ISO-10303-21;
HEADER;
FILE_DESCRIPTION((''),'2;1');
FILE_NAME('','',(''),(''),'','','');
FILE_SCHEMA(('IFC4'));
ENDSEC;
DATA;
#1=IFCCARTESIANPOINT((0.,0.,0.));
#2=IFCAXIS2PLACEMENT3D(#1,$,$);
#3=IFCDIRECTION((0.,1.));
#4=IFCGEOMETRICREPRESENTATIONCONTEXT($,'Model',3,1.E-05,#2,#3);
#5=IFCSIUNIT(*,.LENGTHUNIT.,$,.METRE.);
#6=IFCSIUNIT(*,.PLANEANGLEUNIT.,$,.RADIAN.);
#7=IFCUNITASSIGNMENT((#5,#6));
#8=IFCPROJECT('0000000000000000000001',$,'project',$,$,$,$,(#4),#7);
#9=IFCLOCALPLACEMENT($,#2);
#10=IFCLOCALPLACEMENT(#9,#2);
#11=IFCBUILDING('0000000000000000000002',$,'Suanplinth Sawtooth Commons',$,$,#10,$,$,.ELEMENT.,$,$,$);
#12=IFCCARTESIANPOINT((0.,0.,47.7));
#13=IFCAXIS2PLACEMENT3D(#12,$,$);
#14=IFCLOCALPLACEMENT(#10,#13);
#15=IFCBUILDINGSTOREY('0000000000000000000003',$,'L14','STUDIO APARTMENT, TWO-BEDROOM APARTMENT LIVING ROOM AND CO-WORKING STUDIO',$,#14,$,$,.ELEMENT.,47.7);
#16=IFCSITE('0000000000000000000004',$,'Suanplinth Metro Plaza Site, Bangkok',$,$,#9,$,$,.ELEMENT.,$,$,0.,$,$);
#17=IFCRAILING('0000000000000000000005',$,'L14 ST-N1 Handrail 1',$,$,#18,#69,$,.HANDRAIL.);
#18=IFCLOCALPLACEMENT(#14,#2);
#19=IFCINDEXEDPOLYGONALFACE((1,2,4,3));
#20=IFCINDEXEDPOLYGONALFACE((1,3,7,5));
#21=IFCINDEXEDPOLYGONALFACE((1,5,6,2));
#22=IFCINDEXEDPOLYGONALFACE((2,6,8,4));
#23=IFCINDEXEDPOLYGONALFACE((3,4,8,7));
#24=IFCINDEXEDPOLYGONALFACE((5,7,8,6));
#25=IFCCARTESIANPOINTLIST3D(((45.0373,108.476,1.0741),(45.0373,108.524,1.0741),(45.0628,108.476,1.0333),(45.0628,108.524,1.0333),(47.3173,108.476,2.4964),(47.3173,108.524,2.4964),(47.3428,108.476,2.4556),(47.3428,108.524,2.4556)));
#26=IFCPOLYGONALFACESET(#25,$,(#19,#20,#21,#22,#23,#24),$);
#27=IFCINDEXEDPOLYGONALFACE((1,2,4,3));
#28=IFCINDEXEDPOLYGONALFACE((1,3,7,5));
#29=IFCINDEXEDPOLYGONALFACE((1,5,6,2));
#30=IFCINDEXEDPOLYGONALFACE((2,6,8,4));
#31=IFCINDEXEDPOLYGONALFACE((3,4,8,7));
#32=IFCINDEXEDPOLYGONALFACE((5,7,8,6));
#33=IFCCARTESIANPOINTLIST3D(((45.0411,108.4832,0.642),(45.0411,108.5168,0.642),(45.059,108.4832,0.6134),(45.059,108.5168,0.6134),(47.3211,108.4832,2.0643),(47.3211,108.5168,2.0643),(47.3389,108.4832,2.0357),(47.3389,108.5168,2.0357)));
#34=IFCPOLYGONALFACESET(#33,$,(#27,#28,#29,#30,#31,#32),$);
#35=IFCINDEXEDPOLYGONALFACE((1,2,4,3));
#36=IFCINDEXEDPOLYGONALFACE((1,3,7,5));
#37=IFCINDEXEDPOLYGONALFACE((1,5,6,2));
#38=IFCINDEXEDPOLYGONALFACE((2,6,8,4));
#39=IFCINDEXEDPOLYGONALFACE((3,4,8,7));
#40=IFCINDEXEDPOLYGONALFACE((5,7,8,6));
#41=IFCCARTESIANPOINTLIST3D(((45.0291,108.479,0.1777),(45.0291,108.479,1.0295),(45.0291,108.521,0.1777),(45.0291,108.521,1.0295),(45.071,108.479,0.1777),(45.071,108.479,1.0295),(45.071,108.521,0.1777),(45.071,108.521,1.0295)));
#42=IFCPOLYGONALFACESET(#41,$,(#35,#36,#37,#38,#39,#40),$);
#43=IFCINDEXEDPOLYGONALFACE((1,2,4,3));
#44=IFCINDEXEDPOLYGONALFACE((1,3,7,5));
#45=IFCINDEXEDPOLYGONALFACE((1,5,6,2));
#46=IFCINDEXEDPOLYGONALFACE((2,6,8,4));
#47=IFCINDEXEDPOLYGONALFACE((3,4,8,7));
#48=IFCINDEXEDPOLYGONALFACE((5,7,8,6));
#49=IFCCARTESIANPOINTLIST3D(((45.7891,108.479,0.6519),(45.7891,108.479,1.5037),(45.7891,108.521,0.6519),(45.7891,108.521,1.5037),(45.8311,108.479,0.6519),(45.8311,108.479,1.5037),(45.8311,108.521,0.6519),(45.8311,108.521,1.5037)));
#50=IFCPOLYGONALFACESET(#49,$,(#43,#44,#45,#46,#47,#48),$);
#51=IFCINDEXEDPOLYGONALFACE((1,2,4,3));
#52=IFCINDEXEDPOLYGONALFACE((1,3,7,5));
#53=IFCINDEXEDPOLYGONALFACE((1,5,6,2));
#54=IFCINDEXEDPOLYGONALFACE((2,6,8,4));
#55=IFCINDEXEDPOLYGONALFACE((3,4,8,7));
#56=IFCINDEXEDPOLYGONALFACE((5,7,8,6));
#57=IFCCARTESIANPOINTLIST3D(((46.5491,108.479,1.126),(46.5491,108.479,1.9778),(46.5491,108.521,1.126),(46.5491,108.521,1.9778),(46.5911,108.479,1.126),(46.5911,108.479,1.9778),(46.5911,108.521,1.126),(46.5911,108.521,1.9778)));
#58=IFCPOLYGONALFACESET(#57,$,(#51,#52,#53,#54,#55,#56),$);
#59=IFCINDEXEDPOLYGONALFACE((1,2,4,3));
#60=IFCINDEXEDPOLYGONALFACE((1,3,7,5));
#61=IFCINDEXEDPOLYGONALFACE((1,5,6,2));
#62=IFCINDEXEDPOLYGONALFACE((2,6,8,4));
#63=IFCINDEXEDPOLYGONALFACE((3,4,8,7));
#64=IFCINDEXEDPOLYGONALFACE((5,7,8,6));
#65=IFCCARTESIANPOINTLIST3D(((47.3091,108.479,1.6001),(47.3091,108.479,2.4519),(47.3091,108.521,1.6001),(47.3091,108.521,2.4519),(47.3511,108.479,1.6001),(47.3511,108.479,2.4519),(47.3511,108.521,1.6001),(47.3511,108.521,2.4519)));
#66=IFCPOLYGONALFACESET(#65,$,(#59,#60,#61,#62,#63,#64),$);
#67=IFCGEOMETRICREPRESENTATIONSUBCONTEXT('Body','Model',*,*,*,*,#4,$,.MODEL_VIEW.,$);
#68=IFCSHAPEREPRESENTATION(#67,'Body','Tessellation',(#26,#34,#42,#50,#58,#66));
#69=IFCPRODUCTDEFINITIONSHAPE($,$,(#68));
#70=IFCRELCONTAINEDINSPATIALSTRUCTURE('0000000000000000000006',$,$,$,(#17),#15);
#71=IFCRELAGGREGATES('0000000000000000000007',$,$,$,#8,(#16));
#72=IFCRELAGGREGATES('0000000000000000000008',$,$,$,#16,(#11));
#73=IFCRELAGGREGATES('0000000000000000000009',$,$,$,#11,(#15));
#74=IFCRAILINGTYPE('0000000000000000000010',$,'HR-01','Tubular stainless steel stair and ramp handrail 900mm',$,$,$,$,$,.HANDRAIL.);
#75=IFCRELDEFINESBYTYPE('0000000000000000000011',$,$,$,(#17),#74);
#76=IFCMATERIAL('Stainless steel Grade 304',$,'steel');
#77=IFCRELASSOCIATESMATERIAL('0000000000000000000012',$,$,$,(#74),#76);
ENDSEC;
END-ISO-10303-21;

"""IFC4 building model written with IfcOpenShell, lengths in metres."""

from ifc_helpers import new_model, si_unit, direction, frame, origin, origin_2d, place, context, subcontext, project, spatial, rectangle, extrude, material, type_object, element, save


model = new_model("IFC4")

# Units and contexts
model_context = context("Model", 3, precision=1e-05, world=origin(), true_north=direction((0.0, 1.0)))
body_context = subcontext(model_context, "Body", "Model", "MODEL_VIEW")
ifc_project = project(units=[si_unit("LENGTHUNIT", "METRE"), si_unit("PLANEANGLEUNIT", "RADIAN")], contexts=[model_context])

# Site, building, storey
site_placement = place(None, origin())
site = spatial("IfcSite", under=ifc_project, at=site_placement, Name="Suanplinth Metro Plaza Site, Bangkok", CompositionType="ELEMENT", RefElevation=0.0)
building_placement = place(site_placement, origin())
building = spatial("IfcBuilding", under=site, at=building_placement, Name="Suanplinth Sawtooth Commons", CompositionType="ELEMENT")
storey_placement = place(building_placement, frame((0.0, 0.0, 47.7)))
storey = spatial("IfcBuildingStorey", under=building, at=storey_placement, Name="L14", Description="STUDIO APARTMENT, TWO-BEDROOM APARTMENT LIVING ROOM AND CO-WORKING STUDIO", CompositionType="ELEMENT", Elevation=47.7)

# Railing
ifc_material_1 = material(Name="Stainless steel Grade 304", Category="steel")
railing_type_1 = type_object("IfcRailingType", Name="HR-01", Description="Tubular stainless steel stair and ramp handrail 900mm", PredefinedType="HANDRAIL", material=ifc_material_1)
railing_1_placement = place(storey_placement, frame((45.05, 108.5, 0.1777)))
element("IfcRailing", 1, at=railing_1_placement, inside=storey, type_object=railing_type_1, Name="L14 ST-N1 Handrail 1", PredefinedType="HANDRAIL", context=body_context, shape_type="SweptSolid", body=[
    extrude(rectangle(XDim=0.0481, YDim=0.0481, at=origin_2d()), frame((0.0, 0.0, 0.876), z_axis=(0.848442, 0.0, 0.529288), x_axis=(0.0, 1.0, 0.0)), (0.0, 0.0, 1.0), 2.6873),
    extrude(rectangle(XDim=0.0337, YDim=0.0337, at=origin_2d()), frame((0.0, 0.0, 0.45), z_axis=(0.848442, 0.0, 0.529288), x_axis=(0.0, 1.0, 0.0)), (0.0, 0.0, 1.0), 2.6873),
    extrude(rectangle(XDim=0.042, YDim=0.042, at=origin_2d()), origin(), (0.0, 0.0, 1.0), 0.8518),
    extrude(rectangle(XDim=0.042, YDim=0.042, at=origin_2d()), frame((0.76, 0.0, 0.4741)), (0.0, 0.0, 1.0), 0.8518),
    extrude(rectangle(XDim=0.042, YDim=0.042, at=origin_2d()), frame((1.52, 0.0, 0.9482)), (0.0, 0.0, 1.0), 0.8518),
    extrude(rectangle(XDim=0.042, YDim=0.042, at=origin_2d()), frame((2.28, 0.0, 1.4224)), (0.0, 0.0, 1.0), 0.8518),
])

save(model, "model.ifc")
